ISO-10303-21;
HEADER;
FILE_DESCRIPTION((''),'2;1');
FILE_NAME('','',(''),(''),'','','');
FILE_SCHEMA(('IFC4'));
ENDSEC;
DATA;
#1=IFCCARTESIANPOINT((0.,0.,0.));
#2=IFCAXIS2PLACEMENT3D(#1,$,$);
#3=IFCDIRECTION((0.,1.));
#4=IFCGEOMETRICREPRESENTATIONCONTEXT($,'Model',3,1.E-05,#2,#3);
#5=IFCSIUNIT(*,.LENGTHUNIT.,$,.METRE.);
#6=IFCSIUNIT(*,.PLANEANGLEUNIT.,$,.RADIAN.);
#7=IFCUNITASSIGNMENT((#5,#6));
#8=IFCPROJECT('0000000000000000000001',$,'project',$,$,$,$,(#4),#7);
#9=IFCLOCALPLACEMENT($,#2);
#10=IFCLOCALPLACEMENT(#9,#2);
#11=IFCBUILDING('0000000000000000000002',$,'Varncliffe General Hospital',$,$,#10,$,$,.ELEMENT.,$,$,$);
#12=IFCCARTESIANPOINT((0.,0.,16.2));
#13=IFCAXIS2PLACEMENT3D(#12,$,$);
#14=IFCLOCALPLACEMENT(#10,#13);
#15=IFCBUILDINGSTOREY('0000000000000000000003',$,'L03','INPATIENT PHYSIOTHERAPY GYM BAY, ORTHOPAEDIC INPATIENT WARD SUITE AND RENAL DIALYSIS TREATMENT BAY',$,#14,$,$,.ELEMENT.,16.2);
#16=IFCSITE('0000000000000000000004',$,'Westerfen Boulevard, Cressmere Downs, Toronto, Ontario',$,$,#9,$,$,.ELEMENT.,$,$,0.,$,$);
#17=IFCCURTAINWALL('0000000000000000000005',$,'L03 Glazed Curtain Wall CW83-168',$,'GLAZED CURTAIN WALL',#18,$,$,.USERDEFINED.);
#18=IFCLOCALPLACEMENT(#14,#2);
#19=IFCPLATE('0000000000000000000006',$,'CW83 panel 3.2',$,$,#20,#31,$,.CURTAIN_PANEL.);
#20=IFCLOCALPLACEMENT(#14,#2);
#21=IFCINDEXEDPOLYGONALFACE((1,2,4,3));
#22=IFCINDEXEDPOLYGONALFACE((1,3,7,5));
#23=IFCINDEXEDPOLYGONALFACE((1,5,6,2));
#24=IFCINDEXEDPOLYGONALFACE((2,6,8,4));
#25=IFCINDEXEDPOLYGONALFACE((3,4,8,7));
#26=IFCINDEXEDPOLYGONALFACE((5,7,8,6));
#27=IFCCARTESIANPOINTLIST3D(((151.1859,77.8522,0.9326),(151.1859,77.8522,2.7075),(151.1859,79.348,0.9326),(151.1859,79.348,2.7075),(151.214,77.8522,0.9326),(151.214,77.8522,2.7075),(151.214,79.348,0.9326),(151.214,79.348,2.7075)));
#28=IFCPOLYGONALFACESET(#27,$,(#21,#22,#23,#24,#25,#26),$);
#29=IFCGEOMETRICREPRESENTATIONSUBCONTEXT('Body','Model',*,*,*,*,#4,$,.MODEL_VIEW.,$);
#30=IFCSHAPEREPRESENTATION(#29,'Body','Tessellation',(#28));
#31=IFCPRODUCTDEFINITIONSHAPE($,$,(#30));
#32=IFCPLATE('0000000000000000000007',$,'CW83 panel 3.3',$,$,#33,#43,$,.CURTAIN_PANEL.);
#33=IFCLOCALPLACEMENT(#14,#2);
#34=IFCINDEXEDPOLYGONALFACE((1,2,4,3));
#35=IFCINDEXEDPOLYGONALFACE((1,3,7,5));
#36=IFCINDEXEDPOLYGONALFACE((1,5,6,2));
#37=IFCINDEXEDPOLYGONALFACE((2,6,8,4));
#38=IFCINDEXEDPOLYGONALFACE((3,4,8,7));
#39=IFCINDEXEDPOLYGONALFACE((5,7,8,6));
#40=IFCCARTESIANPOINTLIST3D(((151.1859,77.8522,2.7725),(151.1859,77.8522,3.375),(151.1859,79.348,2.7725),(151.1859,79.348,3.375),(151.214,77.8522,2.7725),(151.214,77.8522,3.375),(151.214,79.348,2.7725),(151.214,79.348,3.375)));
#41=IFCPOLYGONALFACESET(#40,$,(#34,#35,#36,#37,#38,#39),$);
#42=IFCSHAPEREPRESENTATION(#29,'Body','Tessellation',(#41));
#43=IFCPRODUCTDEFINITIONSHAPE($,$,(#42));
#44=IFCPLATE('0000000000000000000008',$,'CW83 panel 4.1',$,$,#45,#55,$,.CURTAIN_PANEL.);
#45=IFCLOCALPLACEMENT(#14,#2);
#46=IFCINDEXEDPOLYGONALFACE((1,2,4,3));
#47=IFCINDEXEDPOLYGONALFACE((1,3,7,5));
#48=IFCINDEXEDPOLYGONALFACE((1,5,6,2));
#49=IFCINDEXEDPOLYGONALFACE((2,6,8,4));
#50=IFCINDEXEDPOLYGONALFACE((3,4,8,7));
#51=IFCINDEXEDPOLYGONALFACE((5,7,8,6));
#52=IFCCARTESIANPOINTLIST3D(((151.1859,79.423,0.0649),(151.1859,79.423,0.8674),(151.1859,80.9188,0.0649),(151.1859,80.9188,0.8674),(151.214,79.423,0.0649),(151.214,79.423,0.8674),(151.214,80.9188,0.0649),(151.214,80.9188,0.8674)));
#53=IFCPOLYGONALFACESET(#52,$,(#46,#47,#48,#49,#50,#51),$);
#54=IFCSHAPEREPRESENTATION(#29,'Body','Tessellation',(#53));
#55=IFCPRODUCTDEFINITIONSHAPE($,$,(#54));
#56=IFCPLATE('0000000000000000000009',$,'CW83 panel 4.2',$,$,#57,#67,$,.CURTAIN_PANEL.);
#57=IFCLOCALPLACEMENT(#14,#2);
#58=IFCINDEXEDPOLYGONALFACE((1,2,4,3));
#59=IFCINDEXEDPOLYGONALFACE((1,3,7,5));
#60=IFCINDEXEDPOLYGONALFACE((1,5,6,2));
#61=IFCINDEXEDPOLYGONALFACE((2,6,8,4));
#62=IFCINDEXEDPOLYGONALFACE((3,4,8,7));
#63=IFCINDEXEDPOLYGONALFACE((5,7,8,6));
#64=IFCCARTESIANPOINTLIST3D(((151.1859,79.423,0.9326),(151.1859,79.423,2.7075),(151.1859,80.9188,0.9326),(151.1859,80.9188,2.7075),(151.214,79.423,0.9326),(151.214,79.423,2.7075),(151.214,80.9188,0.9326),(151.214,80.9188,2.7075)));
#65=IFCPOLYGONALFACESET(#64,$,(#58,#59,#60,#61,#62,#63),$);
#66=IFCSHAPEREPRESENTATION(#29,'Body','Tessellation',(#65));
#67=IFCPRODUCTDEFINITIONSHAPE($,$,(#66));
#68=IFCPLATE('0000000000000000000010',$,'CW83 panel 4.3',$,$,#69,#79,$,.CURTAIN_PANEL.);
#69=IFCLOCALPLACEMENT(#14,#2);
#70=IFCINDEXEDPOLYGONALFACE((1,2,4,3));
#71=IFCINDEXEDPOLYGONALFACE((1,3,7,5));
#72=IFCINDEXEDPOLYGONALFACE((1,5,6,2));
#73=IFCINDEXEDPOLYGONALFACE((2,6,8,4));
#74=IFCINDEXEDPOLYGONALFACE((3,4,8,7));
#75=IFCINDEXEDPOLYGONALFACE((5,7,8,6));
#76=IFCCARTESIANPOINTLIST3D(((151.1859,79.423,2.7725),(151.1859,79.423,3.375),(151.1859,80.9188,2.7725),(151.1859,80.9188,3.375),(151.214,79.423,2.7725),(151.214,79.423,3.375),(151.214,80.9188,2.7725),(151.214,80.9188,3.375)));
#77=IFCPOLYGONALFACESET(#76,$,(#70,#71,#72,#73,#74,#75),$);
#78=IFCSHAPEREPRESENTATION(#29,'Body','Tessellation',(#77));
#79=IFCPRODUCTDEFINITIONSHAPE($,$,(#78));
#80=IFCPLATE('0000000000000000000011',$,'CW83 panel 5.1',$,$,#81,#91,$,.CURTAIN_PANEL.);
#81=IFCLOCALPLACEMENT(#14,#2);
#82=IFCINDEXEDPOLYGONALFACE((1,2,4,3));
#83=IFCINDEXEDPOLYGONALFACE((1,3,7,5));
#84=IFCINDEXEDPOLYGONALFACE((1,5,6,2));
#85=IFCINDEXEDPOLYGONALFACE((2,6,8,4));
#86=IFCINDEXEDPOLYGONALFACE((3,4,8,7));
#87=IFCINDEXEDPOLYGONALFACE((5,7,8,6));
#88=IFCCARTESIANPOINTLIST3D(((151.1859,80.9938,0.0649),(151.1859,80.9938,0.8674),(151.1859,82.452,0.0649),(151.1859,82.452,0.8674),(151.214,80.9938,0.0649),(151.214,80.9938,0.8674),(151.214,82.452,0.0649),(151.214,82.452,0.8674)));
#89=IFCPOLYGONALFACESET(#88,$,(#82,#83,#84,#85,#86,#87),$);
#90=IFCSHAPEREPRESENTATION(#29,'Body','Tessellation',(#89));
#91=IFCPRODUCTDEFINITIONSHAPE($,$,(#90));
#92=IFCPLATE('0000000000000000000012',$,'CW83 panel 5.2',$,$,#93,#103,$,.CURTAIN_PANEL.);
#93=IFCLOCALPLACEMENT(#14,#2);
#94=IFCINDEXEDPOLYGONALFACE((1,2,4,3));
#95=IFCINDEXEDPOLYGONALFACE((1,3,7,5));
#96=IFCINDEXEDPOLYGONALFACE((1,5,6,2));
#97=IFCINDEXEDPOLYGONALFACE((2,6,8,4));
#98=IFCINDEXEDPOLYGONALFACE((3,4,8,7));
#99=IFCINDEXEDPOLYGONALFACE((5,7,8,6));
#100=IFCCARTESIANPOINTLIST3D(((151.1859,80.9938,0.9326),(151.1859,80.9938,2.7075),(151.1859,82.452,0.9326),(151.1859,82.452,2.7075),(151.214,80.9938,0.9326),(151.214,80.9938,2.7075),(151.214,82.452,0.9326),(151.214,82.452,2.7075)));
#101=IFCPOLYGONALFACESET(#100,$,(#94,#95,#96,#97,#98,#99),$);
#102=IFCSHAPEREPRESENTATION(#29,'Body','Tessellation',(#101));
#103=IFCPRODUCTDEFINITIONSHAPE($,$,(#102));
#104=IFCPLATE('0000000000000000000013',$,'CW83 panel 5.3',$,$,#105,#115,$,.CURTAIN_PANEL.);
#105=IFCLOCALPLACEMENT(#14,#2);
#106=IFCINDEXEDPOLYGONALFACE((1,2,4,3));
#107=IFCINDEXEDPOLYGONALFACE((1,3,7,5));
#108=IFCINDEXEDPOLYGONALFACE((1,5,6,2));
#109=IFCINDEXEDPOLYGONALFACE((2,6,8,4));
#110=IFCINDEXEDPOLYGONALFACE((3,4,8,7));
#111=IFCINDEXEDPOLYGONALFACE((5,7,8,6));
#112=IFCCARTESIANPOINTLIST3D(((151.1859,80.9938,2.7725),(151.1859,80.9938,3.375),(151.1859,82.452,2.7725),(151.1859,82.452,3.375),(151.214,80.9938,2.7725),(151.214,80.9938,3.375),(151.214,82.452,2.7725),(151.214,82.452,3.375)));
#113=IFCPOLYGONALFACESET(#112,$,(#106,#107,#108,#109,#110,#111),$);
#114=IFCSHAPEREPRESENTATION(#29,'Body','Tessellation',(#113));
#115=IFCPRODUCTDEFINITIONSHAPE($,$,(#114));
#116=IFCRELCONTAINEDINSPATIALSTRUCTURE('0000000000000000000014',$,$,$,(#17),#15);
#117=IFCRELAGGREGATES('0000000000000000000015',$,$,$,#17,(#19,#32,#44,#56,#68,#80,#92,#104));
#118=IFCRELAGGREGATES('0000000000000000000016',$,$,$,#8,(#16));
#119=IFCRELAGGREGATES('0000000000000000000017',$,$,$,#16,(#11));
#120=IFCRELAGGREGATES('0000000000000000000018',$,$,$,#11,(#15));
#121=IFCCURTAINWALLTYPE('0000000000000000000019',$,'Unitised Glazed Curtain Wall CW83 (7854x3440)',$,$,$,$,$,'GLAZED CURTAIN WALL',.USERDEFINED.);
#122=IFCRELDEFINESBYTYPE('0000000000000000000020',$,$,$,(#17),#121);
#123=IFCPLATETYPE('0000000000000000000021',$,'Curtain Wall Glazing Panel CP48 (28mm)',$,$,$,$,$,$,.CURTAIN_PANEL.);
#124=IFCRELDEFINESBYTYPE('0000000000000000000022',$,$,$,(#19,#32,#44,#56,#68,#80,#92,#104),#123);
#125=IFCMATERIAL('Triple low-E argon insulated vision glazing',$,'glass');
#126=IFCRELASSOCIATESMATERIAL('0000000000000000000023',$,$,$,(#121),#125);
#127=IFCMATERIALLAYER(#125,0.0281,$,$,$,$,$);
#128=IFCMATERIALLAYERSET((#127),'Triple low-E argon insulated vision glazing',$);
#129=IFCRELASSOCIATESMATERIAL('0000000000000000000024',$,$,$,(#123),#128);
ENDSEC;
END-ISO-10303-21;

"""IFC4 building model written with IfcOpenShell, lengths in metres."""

from ifc_helpers import new_model, si_unit, direction, frame, origin, origin_2d, place, context, subcontext, project, spatial, rectangle, extrude, material, layer, layer_set, type_object, element, aggregate, save


model = new_model("IFC4")

# Units and contexts
model_context = context("Model", 3, precision=1e-05, world=origin(), true_north=direction((0.0, 1.0)))
body_context = subcontext(model_context, "Body", "Model", "MODEL_VIEW")
ifc_project = project(units=[si_unit("LENGTHUNIT", "METRE"), si_unit("PLANEANGLEUNIT", "RADIAN")], contexts=[model_context])

# Site, building, storey
site_placement = place(None, origin())
site = spatial("IfcSite", under=ifc_project, at=site_placement, Name="Westerfen Boulevard, Cressmere Downs, Toronto, Ontario", CompositionType="ELEMENT", RefElevation=0.0)
building_placement = place(site_placement, origin())
building = spatial("IfcBuilding", under=site, at=building_placement, Name="Varncliffe General Hospital", CompositionType="ELEMENT")
storey_placement = place(building_placement, frame((0.0, 0.0, 16.2)))
storey = spatial("IfcBuildingStorey", under=building, at=storey_placement, Name="L03", Description="INPATIENT PHYSIOTHERAPY GYM BAY, ORTHOPAEDIC INPATIENT WARD SUITE AND RENAL DIALYSIS TREATMENT BAY", CompositionType="ELEMENT", Elevation=16.2)

# Curtain wall, plates
ifc_material_1 = material(Name="Triple low-E argon insulated vision glazing", Category="glass")
curtain_wall_type = type_object("IfcCurtainWallType", Name="Unitised Glazed Curtain Wall CW83 (7854x3440)", ElementType="GLAZED CURTAIN WALL", PredefinedType="USERDEFINED", material=ifc_material_1)
curtain_wall_placement = place(storey_placement, origin())
curtain_wall = element("IfcCurtainWall", 1, at=curtain_wall_placement, inside=storey, type_object=curtain_wall_type, Name="L03 Glazed Curtain Wall CW83-168", ObjectType="GLAZED CURTAIN WALL", PredefinedType="USERDEFINED")
ifc_layer = layer(ifc_material_1, 0.0281)
ifc_layer_set = layer_set([ifc_layer], Name="Triple low-E argon insulated vision glazing")
plate_type = type_object("IfcPlateType", Name="Curtain Wall Glazing Panel CP48 (28mm)", PredefinedType="CURTAIN_PANEL", material=ifc_layer_set)
plate_1_placement = place(storey_placement, frame((151.2, 78.6001, 0.9326), z_axis=(0.0, 0.0, 1.0), x_axis=(0.0, 1.0, 0.0)))
plate_1 = element("IfcPlate", 2, at=plate_1_placement, type_object=plate_type, Name="CW83 panel 3.2", PredefinedType="CURTAIN_PANEL", context=body_context, shape_type="SweptSolid", body=[
    extrude(rectangle(XDim=1.4958, YDim=0.0281, at=origin_2d()), origin(), (0.0, 0.0, 1.0), 1.7749),
])
plate_2_placement = place(storey_placement, frame((151.2, 78.6001, 2.7725), z_axis=(0.0, 0.0, 1.0), x_axis=(0.0, 1.0, 0.0)))
plate_2 = element("IfcPlate", 3, at=plate_2_placement, type_object=plate_type, Name="CW83 panel 3.3", PredefinedType="CURTAIN_PANEL", context=body_context, shape_type="SweptSolid", body=[
    extrude(rectangle(XDim=1.4958, YDim=0.0281, at=origin_2d()), origin(), (0.0, 0.0, 1.0), 0.6025),
])
plate_3_placement = place(storey_placement, frame((151.2, 80.1709, 0.0649), z_axis=(0.0, 0.0, 1.0), x_axis=(0.0, 1.0, 0.0)))
plate_3 = element("IfcPlate", 4, at=plate_3_placement, type_object=plate_type, Name="CW83 panel 4.1", PredefinedType="CURTAIN_PANEL", context=body_context, shape_type="SweptSolid", body=[
    extrude(rectangle(XDim=1.4958, YDim=0.0281, at=origin_2d()), origin(), (0.0, 0.0, 1.0), 0.8025),
])
plate_4_placement = place(storey_placement, frame((151.2, 80.1709, 0.9326), z_axis=(0.0, 0.0, 1.0), x_axis=(0.0, 1.0, 0.0)))
plate_4 = element("IfcPlate", 5, at=plate_4_placement, type_object=plate_type, Name="CW83 panel 4.2", PredefinedType="CURTAIN_PANEL", context=body_context, shape_type="SweptSolid", body=[
    extrude(rectangle(XDim=1.4958, YDim=0.0281, at=origin_2d()), origin(), (0.0, 0.0, 1.0), 1.7749),
])
plate_5_placement = place(storey_placement, frame((151.2, 80.1709, 2.7725), z_axis=(0.0, 0.0, 1.0), x_axis=(0.0, 1.0, 0.0)))
plate_5 = element("IfcPlate", 6, at=plate_5_placement, type_object=plate_type, Name="CW83 panel 4.3", PredefinedType="CURTAIN_PANEL", context=body_context, shape_type="SweptSolid", body=[
    extrude(rectangle(XDim=1.4958, YDim=0.0281, at=origin_2d()), origin(), (0.0, 0.0, 1.0), 0.6025),
])
plate_6_placement = place(storey_placement, frame((151.2, 81.7229, 0.0649), z_axis=(0.0, 0.0, 1.0), x_axis=(0.0, 1.0, 0.0)))
plate_6 = element("IfcPlate", 7, at=plate_6_placement, type_object=plate_type, Name="CW83 panel 5.1", PredefinedType="CURTAIN_PANEL", context=body_context, shape_type="SweptSolid", body=[
    extrude(rectangle(XDim=1.4583, YDim=0.0281, at=origin_2d()), origin(), (0.0, 0.0, 1.0), 0.8025),
])
plate_7_placement = place(storey_placement, frame((151.2, 81.7229, 0.9326), z_axis=(0.0, 0.0, 1.0), x_axis=(0.0, 1.0, 0.0)))
plate_7 = element("IfcPlate", 8, at=plate_7_placement, type_object=plate_type, Name="CW83 panel 5.2", PredefinedType="CURTAIN_PANEL", context=body_context, shape_type="SweptSolid", body=[
    extrude(rectangle(XDim=1.4583, YDim=0.0281, at=origin_2d()), origin(), (0.0, 0.0, 1.0), 1.7749),
])
plate_8_placement = place(storey_placement, frame((151.2, 81.7229, 2.7725), z_axis=(0.0, 0.0, 1.0), x_axis=(0.0, 1.0, 0.0)))
plate_8 = element("IfcPlate", 9, at=plate_8_placement, type_object=plate_type, Name="CW83 panel 5.3", PredefinedType="CURTAIN_PANEL", context=body_context, shape_type="SweptSolid", body=[
    extrude(rectangle(XDim=1.4583, YDim=0.0281, at=origin_2d()), origin(), (0.0, 0.0, 1.0), 0.6025),
])
aggregate(curtain_wall, [plate_1, plate_2, plate_3, plate_4, plate_5, plate_6, plate_7, plate_8])

save(model, "model.ifc")
